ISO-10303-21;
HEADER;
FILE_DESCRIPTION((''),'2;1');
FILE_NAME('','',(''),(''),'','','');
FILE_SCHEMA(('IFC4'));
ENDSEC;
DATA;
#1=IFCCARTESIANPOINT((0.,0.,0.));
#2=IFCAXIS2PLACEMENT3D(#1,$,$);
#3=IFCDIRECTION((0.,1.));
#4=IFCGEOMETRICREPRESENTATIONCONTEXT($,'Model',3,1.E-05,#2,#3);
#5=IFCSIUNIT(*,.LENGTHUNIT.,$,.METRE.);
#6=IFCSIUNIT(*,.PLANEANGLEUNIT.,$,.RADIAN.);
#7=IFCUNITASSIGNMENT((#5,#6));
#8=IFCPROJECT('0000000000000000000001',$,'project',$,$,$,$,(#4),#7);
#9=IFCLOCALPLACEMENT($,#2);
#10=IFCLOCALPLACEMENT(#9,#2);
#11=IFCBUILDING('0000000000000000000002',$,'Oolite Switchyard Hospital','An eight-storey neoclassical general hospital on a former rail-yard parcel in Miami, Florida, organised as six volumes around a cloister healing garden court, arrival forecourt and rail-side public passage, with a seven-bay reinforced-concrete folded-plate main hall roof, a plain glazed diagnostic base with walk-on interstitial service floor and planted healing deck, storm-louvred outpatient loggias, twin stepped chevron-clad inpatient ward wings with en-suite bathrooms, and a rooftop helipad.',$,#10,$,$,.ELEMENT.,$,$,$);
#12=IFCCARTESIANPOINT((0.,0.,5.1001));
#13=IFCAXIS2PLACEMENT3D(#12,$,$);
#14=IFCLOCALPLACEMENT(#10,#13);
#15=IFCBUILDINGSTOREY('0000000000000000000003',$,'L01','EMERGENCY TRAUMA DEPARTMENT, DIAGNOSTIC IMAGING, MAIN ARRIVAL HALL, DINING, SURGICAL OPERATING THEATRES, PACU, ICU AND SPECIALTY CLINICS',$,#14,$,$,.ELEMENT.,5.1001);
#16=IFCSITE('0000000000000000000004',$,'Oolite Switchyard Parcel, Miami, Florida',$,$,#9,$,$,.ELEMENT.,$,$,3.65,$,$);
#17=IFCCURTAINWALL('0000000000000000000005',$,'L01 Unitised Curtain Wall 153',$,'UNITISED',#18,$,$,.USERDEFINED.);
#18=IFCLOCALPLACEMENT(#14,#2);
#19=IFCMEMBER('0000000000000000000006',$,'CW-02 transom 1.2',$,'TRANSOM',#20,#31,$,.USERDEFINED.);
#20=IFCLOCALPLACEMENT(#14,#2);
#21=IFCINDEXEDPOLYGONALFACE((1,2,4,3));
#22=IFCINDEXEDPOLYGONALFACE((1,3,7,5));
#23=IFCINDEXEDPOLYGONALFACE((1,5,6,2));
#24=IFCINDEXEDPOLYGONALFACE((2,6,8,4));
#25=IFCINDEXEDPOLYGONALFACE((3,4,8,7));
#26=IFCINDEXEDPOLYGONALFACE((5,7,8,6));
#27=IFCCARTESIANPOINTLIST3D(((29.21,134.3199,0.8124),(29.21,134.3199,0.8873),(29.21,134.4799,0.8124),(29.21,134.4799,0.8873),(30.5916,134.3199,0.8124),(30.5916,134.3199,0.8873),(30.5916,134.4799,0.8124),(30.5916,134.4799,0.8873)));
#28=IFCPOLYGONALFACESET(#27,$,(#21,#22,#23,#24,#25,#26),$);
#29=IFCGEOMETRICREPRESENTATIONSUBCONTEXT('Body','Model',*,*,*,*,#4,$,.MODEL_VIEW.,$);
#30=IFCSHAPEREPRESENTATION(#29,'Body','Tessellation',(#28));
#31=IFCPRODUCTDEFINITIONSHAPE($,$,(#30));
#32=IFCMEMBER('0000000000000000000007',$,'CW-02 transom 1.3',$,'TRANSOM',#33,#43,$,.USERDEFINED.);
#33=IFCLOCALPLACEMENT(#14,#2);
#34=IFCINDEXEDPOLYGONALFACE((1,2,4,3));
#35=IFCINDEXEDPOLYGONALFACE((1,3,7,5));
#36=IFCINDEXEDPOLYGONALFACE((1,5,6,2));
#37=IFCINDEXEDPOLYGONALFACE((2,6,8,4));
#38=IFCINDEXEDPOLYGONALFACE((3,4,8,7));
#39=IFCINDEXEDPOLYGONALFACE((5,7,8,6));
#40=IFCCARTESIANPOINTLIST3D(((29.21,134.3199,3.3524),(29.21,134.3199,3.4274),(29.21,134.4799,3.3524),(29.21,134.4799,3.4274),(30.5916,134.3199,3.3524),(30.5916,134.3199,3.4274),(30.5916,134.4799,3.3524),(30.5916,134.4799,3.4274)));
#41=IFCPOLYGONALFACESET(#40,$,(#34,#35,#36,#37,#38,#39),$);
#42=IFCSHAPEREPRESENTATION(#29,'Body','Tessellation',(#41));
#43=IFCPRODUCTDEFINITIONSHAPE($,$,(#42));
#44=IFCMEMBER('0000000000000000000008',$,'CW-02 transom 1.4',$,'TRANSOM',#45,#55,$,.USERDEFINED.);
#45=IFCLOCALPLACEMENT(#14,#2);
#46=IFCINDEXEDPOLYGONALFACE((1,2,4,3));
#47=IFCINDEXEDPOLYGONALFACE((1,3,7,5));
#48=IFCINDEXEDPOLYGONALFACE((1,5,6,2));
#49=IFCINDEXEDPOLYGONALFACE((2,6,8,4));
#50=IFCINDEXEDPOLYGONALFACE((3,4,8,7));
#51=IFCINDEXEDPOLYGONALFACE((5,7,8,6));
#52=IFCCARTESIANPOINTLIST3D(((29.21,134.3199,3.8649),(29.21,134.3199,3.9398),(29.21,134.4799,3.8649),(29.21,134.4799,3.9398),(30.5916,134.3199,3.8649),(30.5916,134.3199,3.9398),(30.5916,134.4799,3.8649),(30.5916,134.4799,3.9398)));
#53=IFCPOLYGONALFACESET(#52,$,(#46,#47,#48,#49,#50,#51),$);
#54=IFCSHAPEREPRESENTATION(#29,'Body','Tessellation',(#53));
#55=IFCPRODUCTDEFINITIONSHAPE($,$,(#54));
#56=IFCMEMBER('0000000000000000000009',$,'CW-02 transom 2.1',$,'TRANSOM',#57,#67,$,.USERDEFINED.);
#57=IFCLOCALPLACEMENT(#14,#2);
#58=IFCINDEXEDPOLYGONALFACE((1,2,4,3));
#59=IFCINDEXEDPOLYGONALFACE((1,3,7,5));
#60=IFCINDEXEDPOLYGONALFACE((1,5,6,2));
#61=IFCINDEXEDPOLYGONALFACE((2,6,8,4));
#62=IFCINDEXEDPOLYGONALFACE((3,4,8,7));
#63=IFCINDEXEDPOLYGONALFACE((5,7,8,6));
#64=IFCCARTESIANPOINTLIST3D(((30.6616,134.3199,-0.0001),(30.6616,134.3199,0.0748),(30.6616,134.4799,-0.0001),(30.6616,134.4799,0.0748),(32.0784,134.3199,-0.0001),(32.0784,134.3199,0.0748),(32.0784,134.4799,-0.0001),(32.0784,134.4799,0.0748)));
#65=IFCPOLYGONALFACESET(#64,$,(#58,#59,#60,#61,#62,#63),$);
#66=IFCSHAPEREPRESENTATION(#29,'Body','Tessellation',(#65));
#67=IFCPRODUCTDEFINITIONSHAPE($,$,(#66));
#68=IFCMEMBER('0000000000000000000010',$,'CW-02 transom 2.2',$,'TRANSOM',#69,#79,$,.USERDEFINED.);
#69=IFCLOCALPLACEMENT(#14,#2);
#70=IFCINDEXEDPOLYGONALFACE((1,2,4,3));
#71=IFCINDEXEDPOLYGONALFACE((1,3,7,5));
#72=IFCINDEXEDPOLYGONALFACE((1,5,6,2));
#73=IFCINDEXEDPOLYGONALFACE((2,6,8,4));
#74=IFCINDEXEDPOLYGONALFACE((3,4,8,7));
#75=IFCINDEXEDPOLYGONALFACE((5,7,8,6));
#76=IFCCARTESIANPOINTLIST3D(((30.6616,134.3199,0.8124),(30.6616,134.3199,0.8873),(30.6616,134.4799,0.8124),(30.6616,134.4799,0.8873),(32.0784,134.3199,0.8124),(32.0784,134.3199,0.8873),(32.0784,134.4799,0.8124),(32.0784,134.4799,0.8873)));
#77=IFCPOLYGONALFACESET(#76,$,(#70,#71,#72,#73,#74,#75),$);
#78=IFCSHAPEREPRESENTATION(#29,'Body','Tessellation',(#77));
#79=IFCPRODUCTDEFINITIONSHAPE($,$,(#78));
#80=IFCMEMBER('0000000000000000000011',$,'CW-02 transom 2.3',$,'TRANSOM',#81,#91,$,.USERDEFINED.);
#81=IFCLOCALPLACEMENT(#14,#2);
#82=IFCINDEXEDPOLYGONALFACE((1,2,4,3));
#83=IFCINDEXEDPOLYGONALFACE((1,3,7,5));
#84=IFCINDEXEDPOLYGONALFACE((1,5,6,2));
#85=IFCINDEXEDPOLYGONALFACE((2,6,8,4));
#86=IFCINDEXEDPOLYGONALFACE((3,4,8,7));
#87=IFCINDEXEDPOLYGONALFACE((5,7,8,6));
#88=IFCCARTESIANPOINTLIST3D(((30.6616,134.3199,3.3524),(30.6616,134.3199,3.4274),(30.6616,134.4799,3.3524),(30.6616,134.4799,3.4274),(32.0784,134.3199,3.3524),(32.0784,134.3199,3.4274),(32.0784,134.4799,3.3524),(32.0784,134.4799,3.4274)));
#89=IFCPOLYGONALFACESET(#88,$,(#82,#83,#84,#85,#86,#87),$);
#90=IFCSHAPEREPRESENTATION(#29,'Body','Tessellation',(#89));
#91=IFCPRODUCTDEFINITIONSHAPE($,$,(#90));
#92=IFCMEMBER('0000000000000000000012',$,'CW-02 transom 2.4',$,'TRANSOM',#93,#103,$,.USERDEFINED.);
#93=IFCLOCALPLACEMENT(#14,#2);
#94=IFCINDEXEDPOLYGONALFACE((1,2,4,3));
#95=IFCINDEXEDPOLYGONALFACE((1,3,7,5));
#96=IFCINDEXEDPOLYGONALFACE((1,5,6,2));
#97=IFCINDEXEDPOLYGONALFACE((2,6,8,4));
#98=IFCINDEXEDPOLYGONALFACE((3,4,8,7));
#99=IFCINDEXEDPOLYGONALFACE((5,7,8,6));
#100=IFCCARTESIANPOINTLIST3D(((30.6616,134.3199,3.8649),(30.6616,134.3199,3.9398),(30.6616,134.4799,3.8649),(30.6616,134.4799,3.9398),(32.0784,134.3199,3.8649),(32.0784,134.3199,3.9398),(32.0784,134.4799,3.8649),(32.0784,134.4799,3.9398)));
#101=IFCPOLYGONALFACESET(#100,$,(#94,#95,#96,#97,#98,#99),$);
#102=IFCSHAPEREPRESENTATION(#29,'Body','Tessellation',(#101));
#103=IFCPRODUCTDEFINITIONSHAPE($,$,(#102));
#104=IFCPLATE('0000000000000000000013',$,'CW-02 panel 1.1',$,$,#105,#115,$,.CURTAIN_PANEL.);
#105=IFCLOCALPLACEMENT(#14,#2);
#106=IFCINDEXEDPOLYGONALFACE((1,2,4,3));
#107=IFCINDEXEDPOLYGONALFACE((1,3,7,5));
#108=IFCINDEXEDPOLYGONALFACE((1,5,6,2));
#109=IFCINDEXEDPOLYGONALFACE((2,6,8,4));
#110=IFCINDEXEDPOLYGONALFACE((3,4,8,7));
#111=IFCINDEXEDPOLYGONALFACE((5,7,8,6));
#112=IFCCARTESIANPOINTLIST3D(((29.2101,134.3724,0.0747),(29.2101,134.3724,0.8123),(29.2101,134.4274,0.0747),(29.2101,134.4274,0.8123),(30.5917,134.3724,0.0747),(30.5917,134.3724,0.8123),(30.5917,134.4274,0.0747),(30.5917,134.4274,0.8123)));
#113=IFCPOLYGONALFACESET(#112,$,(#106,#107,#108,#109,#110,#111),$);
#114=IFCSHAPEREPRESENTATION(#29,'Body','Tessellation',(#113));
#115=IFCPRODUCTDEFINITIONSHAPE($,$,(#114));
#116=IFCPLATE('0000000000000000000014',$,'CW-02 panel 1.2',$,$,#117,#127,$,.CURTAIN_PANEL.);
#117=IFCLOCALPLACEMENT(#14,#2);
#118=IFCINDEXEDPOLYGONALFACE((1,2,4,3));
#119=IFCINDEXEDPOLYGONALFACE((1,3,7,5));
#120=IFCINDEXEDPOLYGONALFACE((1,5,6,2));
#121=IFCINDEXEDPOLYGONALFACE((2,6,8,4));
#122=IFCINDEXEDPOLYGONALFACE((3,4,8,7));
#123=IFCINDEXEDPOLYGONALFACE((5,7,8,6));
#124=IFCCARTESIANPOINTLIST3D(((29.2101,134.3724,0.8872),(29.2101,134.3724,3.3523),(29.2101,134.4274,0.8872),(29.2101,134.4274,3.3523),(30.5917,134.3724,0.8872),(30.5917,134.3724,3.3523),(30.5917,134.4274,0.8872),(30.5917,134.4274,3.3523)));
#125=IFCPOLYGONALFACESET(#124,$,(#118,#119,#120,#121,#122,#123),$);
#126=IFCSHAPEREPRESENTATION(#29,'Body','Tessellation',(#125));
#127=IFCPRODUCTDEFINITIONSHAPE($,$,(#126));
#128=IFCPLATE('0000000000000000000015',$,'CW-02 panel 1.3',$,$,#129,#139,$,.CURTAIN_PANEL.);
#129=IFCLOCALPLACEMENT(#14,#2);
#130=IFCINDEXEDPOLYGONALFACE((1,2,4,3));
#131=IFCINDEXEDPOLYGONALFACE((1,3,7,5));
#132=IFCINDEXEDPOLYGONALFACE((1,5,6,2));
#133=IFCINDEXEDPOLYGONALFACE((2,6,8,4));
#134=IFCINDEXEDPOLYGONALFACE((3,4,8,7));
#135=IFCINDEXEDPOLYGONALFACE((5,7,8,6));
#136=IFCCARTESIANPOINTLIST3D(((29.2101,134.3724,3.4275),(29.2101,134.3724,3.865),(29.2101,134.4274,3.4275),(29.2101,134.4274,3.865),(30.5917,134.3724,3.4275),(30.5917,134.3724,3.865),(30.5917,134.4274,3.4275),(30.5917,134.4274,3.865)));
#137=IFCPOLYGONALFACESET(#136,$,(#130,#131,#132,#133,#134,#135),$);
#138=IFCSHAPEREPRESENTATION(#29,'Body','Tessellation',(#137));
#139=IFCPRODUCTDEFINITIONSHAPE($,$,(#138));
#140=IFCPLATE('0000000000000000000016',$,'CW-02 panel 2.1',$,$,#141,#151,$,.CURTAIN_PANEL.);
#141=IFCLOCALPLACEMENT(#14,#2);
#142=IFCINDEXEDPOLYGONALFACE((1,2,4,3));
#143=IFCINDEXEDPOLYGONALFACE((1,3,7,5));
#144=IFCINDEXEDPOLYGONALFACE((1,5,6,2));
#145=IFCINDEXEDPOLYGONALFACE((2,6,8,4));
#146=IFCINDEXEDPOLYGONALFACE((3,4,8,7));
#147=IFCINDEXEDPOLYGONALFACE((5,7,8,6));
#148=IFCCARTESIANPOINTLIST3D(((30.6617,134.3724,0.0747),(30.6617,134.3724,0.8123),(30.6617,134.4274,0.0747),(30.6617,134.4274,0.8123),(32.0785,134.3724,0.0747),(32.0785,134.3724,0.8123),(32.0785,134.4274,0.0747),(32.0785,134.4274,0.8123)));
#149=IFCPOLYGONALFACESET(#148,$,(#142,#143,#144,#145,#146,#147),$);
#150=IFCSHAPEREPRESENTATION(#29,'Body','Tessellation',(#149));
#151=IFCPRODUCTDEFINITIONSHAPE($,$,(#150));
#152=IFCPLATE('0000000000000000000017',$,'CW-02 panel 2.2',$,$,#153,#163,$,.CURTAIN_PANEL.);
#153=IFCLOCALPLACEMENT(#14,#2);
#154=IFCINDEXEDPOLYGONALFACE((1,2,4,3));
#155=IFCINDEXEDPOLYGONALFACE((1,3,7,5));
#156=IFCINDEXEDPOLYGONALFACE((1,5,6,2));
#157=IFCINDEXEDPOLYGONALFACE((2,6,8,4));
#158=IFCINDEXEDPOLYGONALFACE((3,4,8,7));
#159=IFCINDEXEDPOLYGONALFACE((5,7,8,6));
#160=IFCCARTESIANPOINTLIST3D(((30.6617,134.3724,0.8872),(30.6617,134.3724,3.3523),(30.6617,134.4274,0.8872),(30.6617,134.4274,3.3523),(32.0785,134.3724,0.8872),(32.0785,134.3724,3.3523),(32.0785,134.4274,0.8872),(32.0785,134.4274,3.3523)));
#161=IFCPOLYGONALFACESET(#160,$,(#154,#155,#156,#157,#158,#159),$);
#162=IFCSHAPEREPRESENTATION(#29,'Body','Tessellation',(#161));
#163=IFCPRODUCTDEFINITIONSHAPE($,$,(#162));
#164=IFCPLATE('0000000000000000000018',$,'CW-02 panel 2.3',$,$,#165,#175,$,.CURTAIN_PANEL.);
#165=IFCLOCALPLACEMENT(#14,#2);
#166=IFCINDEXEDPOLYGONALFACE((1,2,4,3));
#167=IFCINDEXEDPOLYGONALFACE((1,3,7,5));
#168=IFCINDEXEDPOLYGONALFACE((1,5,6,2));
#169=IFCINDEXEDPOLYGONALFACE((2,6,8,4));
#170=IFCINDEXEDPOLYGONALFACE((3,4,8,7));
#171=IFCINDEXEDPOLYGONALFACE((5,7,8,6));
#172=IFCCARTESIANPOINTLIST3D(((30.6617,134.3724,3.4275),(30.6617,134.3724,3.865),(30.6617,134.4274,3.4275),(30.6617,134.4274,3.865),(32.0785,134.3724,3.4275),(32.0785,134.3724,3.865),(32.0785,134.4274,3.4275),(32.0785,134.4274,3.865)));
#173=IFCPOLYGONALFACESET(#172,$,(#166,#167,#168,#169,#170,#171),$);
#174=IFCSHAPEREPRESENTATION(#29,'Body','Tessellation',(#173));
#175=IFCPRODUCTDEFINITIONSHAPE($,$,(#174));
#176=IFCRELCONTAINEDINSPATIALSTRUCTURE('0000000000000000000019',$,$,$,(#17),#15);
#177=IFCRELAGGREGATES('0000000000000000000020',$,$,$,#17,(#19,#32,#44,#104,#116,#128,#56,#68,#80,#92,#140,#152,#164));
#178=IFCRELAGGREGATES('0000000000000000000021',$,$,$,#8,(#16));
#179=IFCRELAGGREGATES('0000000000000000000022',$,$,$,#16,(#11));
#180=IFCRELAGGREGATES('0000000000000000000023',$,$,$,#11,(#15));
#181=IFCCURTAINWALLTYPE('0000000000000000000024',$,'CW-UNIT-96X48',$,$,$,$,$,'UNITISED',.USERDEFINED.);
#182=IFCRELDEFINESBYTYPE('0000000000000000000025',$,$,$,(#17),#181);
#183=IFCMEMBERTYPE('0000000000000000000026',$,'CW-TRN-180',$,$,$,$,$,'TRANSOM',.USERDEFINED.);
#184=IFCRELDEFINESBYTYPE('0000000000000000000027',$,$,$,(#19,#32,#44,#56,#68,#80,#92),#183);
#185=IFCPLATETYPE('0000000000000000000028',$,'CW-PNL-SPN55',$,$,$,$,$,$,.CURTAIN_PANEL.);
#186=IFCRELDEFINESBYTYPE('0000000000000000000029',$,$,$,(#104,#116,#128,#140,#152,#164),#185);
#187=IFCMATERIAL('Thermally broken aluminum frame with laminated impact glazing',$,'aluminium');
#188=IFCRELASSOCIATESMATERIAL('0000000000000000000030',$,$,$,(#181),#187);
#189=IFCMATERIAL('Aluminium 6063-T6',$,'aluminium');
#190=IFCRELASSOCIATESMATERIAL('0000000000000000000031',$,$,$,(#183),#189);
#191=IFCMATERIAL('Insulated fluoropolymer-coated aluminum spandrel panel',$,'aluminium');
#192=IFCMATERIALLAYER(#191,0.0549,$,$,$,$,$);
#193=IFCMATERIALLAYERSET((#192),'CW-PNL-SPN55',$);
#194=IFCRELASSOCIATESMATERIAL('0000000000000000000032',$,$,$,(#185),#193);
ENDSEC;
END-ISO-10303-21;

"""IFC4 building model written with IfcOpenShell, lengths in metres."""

from ifc_helpers import new_model, si_unit, direction, frame, origin, origin_2d, place, context, subcontext, project, spatial, rectangle, extrude, material, layer, layer_set, material_profile, profile_set, type_object, element, aggregate, save


model = new_model("IFC4")

# Units and contexts
model_context = context("Model", 3, precision=1e-05, world=origin(), true_north=direction((0.0, 1.0)))
body_context = subcontext(model_context, "Body", "Model", "MODEL_VIEW")
ifc_project = project(units=[si_unit("LENGTHUNIT", "METRE"), si_unit("PLANEANGLEUNIT", "RADIAN")], contexts=[model_context])

# Site, building, storey
site_placement = place(None, origin())
site = spatial("IfcSite", under=ifc_project, at=site_placement, Name="Oolite Switchyard Parcel, Miami, Florida", CompositionType="ELEMENT", RefElevation=3.65)
building_placement = place(site_placement, origin())
building = spatial("IfcBuilding", under=site, at=building_placement, Name="Oolite Switchyard Hospital", Description="An eight-storey neoclassical general hospital on a former rail-yard parcel in Miami, Florida, organised as six volumes around a cloister healing garden court, arrival forecourt and rail-side public passage, with a seven-bay reinforced-concrete folded-plate main hall roof, a plain glazed diagnostic base with walk-on interstitial service floor and planted healing deck, storm-louvred outpatient loggias, twin stepped chevron-clad inpatient ward wings with en-suite bathrooms, and a rooftop helipad.", CompositionType="ELEMENT")
storey_placement = place(building_placement, frame((0.0, 0.0, 5.1001)))
storey = spatial("IfcBuildingStorey", under=building, at=storey_placement, Name="L01", Description="EMERGENCY TRAUMA DEPARTMENT, DIAGNOSTIC IMAGING, MAIN ARRIVAL HALL, DINING, SURGICAL OPERATING THEATRES, PACU, ICU AND SPECIALTY CLINICS", CompositionType="ELEMENT", Elevation=5.1001)

# Curtain wall, members, plates
ifc_material_1 = material(Name="Thermally broken aluminum frame with laminated impact glazing", Category="aluminium")
curtain_wall_type = type_object("IfcCurtainWallType", Name="CW-UNIT-96X48", ElementType="UNITISED", PredefinedType="USERDEFINED", material=ifc_material_1)
curtain_wall_placement = place(storey_placement, origin())
curtain_wall = element("IfcCurtainWall", 1, at=curtain_wall_placement, inside=storey, type_object=curtain_wall_type, Name="L01 Unitised Curtain Wall 153", ObjectType="UNITISED", PredefinedType="USERDEFINED")
ifc_material_2 = material(Name="Aluminium 6063-T6", Category="aluminium")
ifc_material_profile_1 = material_profile(ifc_material_2, rectangle(XDim=0.1599, YDim=0.075, at=origin_2d()), Name="CWT75X160")
ifc_profile_set_1 = profile_set([ifc_material_profile_1], Name="Aluminium 6063-T6")
member_type_1 = type_object("IfcMemberType", Name="CW-TRN-180", ElementType="TRANSOM", PredefinedType="USERDEFINED", material=ifc_profile_set_1)
member_1_placement = place(storey_placement, frame((29.21, 134.3999, 0.8499), z_axis=(1.0, 0.0, 0.0), x_axis=(0.0, 1.0, 0.0)))
member_1 = element("IfcMember", 2, at=member_1_placement, type_object=member_type_1, Name="CW-02 transom 1.2", ObjectType="TRANSOM", PredefinedType="USERDEFINED", context=body_context, shape_type="SweptSolid", body=[
    extrude(rectangle(XDim=0.1599, YDim=0.075, at=origin_2d()), origin(), (0.0, 0.0, 1.0), 1.3816),
])
member_2_placement = place(storey_placement, frame((29.21, 134.3999, 3.3899), z_axis=(1.0, 0.0, 0.0), x_axis=(0.0, 1.0, 0.0)))
member_2 = element("IfcMember", 3, at=member_2_placement, type_object=member_type_1, Name="CW-02 transom 1.3", ObjectType="TRANSOM", PredefinedType="USERDEFINED", context=body_context, shape_type="SweptSolid", body=[
    extrude(rectangle(XDim=0.1599, YDim=0.075, at=origin_2d()), origin(), (0.0, 0.0, 1.0), 1.3816),
])
member_3_placement = place(storey_placement, frame((29.21, 134.3999, 3.9023), z_axis=(1.0, 0.0, 0.0), x_axis=(0.0, 1.0, 0.0)))
member_3 = element("IfcMember", 4, at=member_3_placement, type_object=member_type_1, Name="CW-02 transom 1.4", ObjectType="TRANSOM", PredefinedType="USERDEFINED", context=body_context, shape_type="SweptSolid", body=[
    extrude(rectangle(XDim=0.1599, YDim=0.075, at=origin_2d()), origin(), (0.0, 0.0, 1.0), 1.3816),
])
member_4_placement = place(storey_placement, frame((30.6616, 134.3999, 0.0374), z_axis=(1.0, 0.0, 0.0), x_axis=(0.0, 1.0, 0.0)))
member_4 = element("IfcMember", 5, at=member_4_placement, type_object=member_type_1, Name="CW-02 transom 2.1", ObjectType="TRANSOM", PredefinedType="USERDEFINED", context=body_context, shape_type="SweptSolid", body=[
    extrude(rectangle(XDim=0.1599, YDim=0.075, at=origin_2d()), origin(), (0.0, 0.0, 1.0), 1.4167),
])
member_5_placement = place(storey_placement, frame((30.6616, 134.3999, 0.8499), z_axis=(1.0, 0.0, 0.0), x_axis=(0.0, 1.0, 0.0)))
member_5 = element("IfcMember", 6, at=member_5_placement, type_object=member_type_1, Name="CW-02 transom 2.2", ObjectType="TRANSOM", PredefinedType="USERDEFINED", context=body_context, shape_type="SweptSolid", body=[
    extrude(rectangle(XDim=0.1599, YDim=0.075, at=origin_2d()), origin(), (0.0, 0.0, 1.0), 1.4167),
])
member_6_placement = place(storey_placement, frame((30.6616, 134.3999, 3.3899), z_axis=(1.0, 0.0, 0.0), x_axis=(0.0, 1.0, 0.0)))
member_6 = element("IfcMember", 7, at=member_6_placement, type_object=member_type_1, Name="CW-02 transom 2.3", ObjectType="TRANSOM", PredefinedType="USERDEFINED", context=body_context, shape_type="SweptSolid", body=[
    extrude(rectangle(XDim=0.1599, YDim=0.075, at=origin_2d()), origin(), (0.0, 0.0, 1.0), 1.4167),
])
member_7_placement = place(storey_placement, frame((30.6616, 134.3999, 3.9023), z_axis=(1.0, 0.0, 0.0), x_axis=(0.0, 1.0, 0.0)))
member_7 = element("IfcMember", 8, at=member_7_placement, type_object=member_type_1, Name="CW-02 transom 2.4", ObjectType="TRANSOM", PredefinedType="USERDEFINED", context=body_context, shape_type="SweptSolid", body=[
    extrude(rectangle(XDim=0.1599, YDim=0.075, at=origin_2d()), origin(), (0.0, 0.0, 1.0), 1.4167),
])
ifc_material_3 = material(Name="Insulated fluoropolymer-coated aluminum spandrel panel", Category="aluminium")
ifc_layer_1 = layer(ifc_material_3, 0.0549)
ifc_layer_set_1 = layer_set([ifc_layer_1], Name="CW-PNL-SPN55")
plate_type = type_object("IfcPlateType", Name="CW-PNL-SPN55", PredefinedType="CURTAIN_PANEL", material=ifc_layer_set_1)
plate_1_placement = place(storey_placement, frame((29.9009, 134.3999, 0.0747), z_axis=(0.0, 0.0, 1.0), x_axis=(1.0, 0.0, 0.0)))
plate_1 = element("IfcPlate", 9, at=plate_1_placement, type_object=plate_type, Name="CW-02 panel 1.1", PredefinedType="CURTAIN_PANEL", context=body_context, shape_type="SweptSolid", body=[
    extrude(rectangle(XDim=1.3816, YDim=0.0549, at=origin_2d()), origin(), (0.0, 0.0, 1.0), 0.7375),
])
plate_2_placement = place(storey_placement, frame((29.9009, 134.3999, 0.8872), z_axis=(0.0, 0.0, 1.0), x_axis=(1.0, 0.0, 0.0)))
plate_2 = element("IfcPlate", 10, at=plate_2_placement, type_object=plate_type, Name="CW-02 panel 1.2", PredefinedType="CURTAIN_PANEL", context=body_context, shape_type="SweptSolid", body=[
    extrude(rectangle(XDim=1.3816, YDim=0.0549, at=origin_2d()), origin(), (0.0, 0.0, 1.0), 2.4651),
])
plate_3_placement = place(storey_placement, frame((29.9009, 134.3999, 3.4275), z_axis=(0.0, 0.0, 1.0), x_axis=(1.0, 0.0, 0.0)))
plate_3 = element("IfcPlate", 11, at=plate_3_placement, type_object=plate_type, Name="CW-02 panel 1.3", PredefinedType="CURTAIN_PANEL", context=body_context, shape_type="SweptSolid", body=[
    extrude(rectangle(XDim=1.3816, YDim=0.0549, at=origin_2d()), origin(), (0.0, 0.0, 1.0), 0.4375),
])
plate_4_placement = place(storey_placement, frame((31.3701, 134.3999, 0.0747), z_axis=(0.0, 0.0, 1.0), x_axis=(1.0, 0.0, 0.0)))
plate_4 = element("IfcPlate", 12, at=plate_4_placement, type_object=plate_type, Name="CW-02 panel 2.1", PredefinedType="CURTAIN_PANEL", context=body_context, shape_type="SweptSolid", body=[
    extrude(rectangle(XDim=1.4167, YDim=0.0549, at=origin_2d()), origin(), (0.0, 0.0, 1.0), 0.7375),
])
plate_5_placement = place(storey_placement, frame((31.3701, 134.3999, 0.8872), z_axis=(0.0, 0.0, 1.0), x_axis=(1.0, 0.0, 0.0)))
plate_5 = element("IfcPlate", 13, at=plate_5_placement, type_object=plate_type, Name="CW-02 panel 2.2", PredefinedType="CURTAIN_PANEL", context=body_context, shape_type="SweptSolid", body=[
    extrude(rectangle(XDim=1.4167, YDim=0.0549, at=origin_2d()), origin(), (0.0, 0.0, 1.0), 2.4651),
])
plate_6_placement = place(storey_placement, frame((31.3701, 134.3999, 3.4275), z_axis=(0.0, 0.0, 1.0), x_axis=(1.0, 0.0, 0.0)))
plate_6 = element("IfcPlate", 14, at=plate_6_placement, type_object=plate_type, Name="CW-02 panel 2.3", PredefinedType="CURTAIN_PANEL", context=body_context, shape_type="SweptSolid", body=[
    extrude(rectangle(XDim=1.4167, YDim=0.0549, at=origin_2d()), origin(), (0.0, 0.0, 1.0), 0.4375),
])
aggregate(curtain_wall, [member_1, member_2, member_3, plate_1, plate_2, plate_3, member_4, member_5, member_6, member_7, plate_4, plate_5, plate_6])

save(model, "model.ifc")
